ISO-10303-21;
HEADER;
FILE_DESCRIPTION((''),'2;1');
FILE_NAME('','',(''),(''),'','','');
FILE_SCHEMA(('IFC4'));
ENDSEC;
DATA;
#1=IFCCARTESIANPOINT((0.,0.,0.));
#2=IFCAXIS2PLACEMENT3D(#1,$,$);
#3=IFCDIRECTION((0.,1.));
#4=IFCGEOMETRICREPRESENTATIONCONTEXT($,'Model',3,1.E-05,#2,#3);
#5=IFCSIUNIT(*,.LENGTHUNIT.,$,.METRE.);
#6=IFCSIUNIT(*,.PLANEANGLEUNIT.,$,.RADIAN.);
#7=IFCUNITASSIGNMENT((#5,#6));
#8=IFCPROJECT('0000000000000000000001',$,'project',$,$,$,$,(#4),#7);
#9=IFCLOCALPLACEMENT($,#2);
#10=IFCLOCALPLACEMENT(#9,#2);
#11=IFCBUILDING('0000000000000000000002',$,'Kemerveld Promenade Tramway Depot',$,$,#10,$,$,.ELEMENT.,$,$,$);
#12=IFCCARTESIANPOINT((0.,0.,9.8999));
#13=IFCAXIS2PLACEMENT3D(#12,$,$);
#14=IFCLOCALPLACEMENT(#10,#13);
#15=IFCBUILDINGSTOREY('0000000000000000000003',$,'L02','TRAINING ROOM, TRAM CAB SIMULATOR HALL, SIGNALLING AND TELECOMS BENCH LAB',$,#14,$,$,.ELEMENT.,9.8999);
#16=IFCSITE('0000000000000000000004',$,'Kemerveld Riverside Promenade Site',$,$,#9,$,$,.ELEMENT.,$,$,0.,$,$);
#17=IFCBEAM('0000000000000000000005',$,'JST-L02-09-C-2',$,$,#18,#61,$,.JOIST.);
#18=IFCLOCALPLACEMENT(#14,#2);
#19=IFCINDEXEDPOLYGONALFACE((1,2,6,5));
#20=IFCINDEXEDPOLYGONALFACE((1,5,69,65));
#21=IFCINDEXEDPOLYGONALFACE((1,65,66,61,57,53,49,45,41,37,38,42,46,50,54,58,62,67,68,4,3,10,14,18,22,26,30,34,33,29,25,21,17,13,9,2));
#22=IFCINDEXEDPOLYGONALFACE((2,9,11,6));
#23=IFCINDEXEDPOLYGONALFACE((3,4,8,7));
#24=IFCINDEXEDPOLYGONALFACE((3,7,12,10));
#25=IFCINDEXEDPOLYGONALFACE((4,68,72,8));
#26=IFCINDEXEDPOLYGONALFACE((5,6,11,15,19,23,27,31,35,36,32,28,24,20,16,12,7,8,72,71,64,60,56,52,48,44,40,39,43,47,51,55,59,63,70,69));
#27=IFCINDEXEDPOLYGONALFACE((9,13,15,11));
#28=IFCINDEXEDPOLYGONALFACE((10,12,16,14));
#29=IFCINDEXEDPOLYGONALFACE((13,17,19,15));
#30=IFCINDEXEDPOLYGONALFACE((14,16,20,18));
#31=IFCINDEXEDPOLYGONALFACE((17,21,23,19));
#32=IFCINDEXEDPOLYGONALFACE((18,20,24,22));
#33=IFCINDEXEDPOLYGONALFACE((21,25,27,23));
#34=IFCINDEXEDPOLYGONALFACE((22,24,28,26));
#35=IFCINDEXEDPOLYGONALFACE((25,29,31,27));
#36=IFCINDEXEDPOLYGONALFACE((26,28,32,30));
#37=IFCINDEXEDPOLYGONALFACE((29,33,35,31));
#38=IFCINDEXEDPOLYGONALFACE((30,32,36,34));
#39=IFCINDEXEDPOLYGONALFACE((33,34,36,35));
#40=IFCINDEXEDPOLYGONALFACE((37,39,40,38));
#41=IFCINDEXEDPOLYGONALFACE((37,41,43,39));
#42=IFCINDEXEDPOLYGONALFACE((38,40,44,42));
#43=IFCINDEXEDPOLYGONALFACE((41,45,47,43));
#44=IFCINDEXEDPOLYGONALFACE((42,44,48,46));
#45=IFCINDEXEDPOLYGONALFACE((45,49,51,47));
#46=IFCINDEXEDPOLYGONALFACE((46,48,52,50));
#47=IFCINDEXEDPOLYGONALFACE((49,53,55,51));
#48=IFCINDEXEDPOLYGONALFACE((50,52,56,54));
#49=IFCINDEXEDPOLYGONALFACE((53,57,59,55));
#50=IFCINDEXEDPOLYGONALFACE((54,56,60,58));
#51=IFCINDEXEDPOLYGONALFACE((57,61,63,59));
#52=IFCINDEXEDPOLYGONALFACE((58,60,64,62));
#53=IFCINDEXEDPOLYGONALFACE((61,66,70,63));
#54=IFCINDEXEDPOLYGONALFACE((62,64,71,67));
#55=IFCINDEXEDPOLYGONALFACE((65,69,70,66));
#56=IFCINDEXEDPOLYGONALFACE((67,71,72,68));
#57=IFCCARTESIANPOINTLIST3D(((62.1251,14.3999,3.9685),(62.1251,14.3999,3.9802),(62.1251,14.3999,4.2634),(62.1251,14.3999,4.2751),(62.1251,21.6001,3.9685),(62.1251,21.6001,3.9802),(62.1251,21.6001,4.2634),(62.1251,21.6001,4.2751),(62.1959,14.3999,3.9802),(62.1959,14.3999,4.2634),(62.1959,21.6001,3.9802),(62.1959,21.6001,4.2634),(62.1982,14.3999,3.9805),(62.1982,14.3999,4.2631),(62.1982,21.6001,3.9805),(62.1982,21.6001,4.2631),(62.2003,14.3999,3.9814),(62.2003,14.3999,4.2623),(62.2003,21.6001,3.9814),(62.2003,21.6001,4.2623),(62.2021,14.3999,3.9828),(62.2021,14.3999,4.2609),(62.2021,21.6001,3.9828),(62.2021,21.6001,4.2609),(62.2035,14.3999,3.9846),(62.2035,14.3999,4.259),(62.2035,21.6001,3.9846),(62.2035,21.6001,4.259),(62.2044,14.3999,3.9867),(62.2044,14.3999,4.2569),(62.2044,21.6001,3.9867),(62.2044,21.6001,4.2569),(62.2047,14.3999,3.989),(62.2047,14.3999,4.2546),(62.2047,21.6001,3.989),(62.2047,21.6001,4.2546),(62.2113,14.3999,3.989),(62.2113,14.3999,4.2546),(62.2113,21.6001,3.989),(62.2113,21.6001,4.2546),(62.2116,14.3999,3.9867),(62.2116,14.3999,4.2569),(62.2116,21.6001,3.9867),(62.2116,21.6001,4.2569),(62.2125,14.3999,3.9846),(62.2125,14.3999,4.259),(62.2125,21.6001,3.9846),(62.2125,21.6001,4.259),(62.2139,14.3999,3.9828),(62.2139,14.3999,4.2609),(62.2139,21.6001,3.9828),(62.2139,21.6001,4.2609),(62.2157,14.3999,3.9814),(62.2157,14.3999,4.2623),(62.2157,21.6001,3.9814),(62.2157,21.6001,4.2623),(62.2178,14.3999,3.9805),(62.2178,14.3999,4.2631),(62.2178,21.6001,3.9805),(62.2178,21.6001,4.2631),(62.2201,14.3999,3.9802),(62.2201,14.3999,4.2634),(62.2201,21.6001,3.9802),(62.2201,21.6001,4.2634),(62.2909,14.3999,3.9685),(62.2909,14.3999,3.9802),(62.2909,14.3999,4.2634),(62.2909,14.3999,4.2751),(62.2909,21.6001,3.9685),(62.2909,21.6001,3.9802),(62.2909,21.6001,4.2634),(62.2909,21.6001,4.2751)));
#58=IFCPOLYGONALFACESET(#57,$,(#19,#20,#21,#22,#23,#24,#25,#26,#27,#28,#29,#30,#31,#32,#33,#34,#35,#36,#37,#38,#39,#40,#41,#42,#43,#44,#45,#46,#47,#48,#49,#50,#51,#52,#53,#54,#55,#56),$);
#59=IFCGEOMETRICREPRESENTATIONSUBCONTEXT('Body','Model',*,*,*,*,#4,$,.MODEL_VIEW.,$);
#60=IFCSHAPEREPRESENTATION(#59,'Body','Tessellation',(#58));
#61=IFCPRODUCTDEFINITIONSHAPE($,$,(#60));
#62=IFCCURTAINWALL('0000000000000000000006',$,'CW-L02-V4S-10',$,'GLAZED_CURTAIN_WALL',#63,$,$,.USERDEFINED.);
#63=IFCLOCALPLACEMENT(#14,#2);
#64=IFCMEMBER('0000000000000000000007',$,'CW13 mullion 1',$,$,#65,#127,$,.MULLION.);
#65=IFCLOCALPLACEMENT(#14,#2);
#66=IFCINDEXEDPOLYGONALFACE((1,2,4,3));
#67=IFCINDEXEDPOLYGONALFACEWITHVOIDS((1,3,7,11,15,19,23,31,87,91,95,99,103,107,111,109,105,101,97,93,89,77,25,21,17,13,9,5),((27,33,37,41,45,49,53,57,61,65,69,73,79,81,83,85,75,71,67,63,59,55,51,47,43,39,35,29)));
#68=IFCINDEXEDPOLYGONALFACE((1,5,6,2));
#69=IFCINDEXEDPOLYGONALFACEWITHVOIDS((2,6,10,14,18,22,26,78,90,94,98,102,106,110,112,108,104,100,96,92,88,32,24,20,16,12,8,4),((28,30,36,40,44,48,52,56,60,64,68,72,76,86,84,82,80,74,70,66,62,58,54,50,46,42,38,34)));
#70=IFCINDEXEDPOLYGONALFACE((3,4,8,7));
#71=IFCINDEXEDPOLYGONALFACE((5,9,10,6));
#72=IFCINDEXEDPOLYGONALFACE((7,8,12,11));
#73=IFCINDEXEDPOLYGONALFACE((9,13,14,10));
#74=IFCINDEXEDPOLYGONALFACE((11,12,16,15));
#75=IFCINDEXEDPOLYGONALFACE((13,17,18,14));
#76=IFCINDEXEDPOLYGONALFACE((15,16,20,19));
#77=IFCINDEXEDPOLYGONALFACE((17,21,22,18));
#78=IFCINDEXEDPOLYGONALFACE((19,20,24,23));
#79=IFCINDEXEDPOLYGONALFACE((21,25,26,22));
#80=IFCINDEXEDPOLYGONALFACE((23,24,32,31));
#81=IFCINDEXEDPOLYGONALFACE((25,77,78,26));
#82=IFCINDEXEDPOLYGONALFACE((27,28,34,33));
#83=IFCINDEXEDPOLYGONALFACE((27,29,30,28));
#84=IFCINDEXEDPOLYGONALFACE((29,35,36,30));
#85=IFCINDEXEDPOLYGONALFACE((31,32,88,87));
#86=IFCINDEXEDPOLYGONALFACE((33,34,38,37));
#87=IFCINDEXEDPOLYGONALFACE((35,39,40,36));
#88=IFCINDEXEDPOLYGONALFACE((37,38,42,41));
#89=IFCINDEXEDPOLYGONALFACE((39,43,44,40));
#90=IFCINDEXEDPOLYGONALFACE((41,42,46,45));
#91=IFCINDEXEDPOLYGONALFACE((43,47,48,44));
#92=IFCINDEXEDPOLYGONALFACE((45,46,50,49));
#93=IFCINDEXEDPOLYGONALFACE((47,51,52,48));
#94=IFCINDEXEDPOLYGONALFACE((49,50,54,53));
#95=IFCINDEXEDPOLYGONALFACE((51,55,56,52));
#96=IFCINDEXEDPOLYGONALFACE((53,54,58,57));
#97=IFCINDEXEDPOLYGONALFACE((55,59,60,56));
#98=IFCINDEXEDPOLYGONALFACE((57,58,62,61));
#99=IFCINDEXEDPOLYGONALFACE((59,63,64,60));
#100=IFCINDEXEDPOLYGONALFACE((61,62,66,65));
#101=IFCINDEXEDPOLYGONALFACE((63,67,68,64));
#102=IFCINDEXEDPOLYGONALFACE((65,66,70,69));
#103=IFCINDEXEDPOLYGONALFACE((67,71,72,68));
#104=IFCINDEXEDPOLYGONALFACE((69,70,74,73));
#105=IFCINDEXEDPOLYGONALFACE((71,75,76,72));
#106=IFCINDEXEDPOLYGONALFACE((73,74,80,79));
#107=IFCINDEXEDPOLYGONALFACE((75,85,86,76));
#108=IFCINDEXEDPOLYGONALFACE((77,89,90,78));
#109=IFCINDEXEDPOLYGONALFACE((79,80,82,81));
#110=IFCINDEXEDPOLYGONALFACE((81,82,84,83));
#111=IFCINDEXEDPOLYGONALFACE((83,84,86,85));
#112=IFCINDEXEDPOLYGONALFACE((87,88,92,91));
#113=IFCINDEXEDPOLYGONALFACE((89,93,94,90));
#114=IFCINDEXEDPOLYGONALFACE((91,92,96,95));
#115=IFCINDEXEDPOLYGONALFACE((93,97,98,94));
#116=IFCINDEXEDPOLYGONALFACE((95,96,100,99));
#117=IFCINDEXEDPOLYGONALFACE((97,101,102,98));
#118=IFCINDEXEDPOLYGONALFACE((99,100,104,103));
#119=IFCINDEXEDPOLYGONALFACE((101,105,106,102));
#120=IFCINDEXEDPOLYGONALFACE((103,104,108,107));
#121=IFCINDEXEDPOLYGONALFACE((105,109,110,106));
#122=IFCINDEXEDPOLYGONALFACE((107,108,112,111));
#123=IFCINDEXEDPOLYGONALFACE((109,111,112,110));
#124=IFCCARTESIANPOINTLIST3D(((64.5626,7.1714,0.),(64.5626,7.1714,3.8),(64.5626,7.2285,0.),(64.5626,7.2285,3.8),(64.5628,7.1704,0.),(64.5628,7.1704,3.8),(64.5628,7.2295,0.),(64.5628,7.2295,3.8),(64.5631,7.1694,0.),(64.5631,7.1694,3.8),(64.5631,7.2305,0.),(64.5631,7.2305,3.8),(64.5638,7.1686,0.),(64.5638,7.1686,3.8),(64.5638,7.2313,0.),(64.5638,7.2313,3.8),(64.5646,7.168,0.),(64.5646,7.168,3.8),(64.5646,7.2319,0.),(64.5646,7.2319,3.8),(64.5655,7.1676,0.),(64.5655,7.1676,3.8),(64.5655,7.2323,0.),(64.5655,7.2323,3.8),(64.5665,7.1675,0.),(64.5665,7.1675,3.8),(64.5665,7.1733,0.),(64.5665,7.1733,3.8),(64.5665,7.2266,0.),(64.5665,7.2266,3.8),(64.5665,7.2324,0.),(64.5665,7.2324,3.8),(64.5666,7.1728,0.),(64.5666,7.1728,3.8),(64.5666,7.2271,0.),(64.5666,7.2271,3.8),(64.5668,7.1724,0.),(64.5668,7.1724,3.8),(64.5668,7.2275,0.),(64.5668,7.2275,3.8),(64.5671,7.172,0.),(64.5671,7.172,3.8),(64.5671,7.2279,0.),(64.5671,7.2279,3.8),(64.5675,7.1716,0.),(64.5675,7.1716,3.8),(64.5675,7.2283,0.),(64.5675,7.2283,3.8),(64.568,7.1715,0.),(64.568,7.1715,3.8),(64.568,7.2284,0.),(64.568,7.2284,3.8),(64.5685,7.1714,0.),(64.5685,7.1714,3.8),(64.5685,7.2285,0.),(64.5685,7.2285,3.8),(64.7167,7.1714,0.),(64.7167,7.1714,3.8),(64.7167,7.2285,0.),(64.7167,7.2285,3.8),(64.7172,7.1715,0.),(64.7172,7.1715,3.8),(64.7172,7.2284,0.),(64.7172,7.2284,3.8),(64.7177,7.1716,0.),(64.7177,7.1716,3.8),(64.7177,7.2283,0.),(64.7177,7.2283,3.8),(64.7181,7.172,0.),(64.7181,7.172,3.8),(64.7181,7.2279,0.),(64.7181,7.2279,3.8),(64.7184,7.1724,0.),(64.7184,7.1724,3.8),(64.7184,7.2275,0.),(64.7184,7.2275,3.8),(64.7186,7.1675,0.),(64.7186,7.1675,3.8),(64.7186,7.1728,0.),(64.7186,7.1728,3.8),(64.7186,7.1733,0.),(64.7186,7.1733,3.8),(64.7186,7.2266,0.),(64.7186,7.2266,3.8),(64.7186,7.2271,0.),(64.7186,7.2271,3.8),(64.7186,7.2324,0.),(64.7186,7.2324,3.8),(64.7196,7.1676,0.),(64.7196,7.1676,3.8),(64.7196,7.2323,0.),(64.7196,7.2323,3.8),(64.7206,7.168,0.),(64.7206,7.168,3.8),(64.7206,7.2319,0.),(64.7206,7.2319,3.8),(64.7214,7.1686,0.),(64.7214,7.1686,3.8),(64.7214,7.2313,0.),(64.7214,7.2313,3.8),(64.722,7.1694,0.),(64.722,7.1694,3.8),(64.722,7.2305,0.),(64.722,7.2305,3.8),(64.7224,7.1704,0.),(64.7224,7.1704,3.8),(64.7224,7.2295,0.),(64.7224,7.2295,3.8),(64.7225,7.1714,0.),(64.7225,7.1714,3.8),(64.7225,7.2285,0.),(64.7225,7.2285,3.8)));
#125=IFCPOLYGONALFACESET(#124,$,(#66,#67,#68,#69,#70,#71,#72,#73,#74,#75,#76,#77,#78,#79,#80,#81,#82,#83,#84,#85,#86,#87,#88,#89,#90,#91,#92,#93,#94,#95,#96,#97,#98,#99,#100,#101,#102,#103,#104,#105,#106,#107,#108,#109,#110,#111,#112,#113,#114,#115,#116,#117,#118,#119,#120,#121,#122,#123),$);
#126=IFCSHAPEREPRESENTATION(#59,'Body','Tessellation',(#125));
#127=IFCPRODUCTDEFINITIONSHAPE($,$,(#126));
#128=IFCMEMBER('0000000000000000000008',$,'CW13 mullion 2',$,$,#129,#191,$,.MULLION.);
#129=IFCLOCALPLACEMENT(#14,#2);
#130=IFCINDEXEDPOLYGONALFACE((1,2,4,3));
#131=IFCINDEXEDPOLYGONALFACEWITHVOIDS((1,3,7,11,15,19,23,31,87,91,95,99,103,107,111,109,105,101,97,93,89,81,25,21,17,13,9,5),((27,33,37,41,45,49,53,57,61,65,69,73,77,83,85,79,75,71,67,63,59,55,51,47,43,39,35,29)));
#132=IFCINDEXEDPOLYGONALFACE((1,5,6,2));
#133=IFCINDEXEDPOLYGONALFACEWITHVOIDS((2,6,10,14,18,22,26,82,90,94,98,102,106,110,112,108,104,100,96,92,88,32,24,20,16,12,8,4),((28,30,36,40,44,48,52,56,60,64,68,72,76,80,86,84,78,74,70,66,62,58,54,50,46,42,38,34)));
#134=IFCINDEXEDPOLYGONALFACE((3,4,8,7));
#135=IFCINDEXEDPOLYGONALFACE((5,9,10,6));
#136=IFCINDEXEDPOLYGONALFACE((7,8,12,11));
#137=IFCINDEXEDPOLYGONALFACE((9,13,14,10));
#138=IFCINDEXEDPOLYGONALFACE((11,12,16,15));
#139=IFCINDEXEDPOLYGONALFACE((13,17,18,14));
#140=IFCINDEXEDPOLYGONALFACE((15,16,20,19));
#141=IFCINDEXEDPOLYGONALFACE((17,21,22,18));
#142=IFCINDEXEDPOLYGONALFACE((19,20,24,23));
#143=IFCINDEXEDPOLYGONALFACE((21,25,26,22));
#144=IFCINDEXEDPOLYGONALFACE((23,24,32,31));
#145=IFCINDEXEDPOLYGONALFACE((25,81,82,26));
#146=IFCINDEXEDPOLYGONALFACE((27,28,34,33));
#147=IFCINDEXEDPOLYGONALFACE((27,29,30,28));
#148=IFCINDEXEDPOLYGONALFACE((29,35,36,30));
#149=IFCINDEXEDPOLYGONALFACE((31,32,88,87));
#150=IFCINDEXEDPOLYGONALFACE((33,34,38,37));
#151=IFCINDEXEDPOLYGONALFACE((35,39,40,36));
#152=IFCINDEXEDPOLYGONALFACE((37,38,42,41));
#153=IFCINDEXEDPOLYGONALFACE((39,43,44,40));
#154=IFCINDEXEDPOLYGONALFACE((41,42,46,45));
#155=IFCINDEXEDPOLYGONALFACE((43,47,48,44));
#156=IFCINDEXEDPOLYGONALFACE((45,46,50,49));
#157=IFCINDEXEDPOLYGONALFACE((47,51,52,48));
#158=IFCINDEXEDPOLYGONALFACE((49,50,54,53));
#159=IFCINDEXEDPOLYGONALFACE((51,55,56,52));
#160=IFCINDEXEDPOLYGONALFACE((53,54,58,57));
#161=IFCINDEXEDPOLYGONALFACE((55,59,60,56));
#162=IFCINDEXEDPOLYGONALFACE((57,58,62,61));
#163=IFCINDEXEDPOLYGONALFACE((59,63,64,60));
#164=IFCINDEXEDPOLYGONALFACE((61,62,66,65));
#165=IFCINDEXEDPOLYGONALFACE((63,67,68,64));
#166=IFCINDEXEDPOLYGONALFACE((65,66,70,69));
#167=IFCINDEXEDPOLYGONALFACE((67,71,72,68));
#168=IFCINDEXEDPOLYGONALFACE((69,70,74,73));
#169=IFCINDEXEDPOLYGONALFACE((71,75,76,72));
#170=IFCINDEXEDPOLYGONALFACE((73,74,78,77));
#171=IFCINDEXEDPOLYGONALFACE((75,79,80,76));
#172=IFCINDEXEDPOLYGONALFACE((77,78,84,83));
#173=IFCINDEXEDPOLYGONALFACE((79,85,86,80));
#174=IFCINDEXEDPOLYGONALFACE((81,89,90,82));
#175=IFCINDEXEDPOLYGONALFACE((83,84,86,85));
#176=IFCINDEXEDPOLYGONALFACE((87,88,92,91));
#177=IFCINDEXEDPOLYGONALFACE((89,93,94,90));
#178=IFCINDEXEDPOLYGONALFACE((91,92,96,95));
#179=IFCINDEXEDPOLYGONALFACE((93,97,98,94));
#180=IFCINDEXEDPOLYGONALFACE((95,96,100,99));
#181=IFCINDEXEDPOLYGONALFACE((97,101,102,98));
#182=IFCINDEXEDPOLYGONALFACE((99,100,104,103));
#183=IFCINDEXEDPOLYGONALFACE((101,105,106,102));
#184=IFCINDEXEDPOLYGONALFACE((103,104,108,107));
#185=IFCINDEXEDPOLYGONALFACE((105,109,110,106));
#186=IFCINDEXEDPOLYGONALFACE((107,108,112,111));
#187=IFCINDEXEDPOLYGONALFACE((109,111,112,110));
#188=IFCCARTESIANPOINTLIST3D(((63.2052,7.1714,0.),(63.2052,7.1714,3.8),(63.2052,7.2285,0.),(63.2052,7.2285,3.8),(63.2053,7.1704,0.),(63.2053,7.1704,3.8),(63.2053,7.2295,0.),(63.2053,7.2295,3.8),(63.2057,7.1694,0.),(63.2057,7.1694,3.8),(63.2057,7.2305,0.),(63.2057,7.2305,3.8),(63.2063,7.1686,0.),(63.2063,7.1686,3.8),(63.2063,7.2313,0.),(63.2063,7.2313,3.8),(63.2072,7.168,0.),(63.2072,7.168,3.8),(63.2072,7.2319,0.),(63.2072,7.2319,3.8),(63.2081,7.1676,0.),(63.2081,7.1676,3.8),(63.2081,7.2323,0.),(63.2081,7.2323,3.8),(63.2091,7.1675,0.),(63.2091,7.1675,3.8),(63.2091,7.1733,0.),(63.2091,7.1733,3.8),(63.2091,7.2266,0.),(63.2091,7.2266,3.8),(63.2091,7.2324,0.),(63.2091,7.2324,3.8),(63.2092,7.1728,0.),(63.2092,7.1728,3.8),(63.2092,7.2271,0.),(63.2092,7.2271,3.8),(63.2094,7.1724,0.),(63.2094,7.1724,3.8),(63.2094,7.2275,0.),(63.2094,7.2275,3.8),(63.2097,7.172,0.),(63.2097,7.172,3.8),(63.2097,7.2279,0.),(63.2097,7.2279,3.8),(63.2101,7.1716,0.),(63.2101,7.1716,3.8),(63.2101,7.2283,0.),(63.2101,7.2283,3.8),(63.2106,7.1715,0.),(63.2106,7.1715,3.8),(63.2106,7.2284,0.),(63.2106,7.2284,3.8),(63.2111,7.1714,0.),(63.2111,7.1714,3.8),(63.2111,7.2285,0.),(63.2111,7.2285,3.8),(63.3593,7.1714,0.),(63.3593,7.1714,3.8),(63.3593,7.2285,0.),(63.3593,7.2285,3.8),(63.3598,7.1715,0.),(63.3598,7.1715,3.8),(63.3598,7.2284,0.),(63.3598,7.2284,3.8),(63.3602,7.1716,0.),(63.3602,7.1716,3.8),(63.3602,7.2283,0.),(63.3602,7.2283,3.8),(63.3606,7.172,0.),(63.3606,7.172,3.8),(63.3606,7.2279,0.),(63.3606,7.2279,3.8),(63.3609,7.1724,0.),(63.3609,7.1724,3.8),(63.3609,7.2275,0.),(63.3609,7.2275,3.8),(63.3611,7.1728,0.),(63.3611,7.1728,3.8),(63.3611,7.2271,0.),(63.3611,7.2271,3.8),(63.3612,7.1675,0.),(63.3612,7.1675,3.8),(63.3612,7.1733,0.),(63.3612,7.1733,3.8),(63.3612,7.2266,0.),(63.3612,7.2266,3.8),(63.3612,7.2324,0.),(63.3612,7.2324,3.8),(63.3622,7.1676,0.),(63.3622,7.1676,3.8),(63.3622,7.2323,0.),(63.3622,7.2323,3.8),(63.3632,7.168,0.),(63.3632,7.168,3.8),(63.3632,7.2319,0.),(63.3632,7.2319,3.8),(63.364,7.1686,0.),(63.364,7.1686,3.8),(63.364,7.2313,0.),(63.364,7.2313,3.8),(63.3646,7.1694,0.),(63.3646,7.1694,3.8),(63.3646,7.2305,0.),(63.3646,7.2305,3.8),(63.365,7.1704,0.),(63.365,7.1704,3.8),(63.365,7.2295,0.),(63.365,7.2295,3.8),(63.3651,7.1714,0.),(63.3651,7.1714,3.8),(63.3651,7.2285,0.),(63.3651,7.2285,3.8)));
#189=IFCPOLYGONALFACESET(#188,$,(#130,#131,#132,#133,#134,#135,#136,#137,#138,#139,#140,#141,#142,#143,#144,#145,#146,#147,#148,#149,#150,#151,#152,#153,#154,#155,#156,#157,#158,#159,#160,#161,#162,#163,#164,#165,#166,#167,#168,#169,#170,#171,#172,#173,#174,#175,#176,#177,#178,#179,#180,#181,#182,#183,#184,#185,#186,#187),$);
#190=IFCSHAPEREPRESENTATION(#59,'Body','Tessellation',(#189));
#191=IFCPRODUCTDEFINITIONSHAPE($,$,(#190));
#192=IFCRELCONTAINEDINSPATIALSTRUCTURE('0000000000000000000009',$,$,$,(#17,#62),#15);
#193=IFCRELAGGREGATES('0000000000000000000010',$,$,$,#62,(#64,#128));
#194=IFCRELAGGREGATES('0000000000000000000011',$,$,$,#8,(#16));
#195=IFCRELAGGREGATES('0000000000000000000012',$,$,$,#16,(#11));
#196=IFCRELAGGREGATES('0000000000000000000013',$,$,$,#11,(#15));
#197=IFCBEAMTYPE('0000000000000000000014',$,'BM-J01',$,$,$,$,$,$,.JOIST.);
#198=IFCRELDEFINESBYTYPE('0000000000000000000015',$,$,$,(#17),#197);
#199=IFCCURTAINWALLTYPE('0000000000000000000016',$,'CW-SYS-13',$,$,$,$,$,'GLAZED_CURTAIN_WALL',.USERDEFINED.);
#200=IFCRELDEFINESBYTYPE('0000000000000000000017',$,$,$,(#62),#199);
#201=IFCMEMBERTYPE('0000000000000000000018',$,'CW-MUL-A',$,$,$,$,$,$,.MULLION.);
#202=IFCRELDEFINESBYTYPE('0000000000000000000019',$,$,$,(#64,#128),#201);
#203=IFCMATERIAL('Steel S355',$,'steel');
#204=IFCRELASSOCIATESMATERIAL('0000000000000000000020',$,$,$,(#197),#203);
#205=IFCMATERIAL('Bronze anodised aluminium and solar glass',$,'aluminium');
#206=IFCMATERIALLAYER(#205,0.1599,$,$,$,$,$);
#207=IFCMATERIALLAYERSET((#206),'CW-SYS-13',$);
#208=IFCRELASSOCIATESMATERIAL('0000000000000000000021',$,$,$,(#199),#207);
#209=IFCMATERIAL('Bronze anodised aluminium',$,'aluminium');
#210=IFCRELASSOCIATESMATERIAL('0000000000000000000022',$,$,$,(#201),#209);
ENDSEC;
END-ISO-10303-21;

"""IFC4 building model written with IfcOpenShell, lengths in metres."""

from ifc_helpers import new_model, si_unit, direction, frame, origin, origin_2d, place, context, subcontext, project, spatial, hollow_rectangle, i_section, extrude, material, layer, layer_set, material_profile, profile_set, type_object, element, aggregate, save


model = new_model("IFC4")

# Units and contexts
model_context = context("Model", 3, precision=1e-05, world=origin(), true_north=direction((0.0, 1.0)))
body_context = subcontext(model_context, "Body", "Model", "MODEL_VIEW")
ifc_project = project(units=[si_unit("LENGTHUNIT", "METRE"), si_unit("PLANEANGLEUNIT", "RADIAN")], contexts=[model_context])

# Site, building, storey
site_placement = place(None, origin())
site = spatial("IfcSite", under=ifc_project, at=site_placement, Name="Kemerveld Riverside Promenade Site", CompositionType="ELEMENT", RefElevation=0.0)
building_placement = place(site_placement, origin())
building = spatial("IfcBuilding", under=site, at=building_placement, Name="Kemerveld Promenade Tramway Depot", CompositionType="ELEMENT")
storey_placement = place(building_placement, frame((0.0, 0.0, 9.8999)))
storey = spatial("IfcBuildingStorey", under=building, at=storey_placement, Name="L02", Description="TRAINING ROOM, TRAM CAB SIMULATOR HALL, SIGNALLING AND TELECOMS BENCH LAB", CompositionType="ELEMENT", Elevation=9.8999)

# Shared definitions
ifc_material_1 = material(Name="Steel S355", Category="steel")

# Beam
ifc_material_profile_1 = material_profile(ifc_material_1, i_section(OverallWidth=0.1658, OverallDepth=0.3066, WebThickness=0.0066, FlangeThickness=0.0117, FilletRadius=0.0088, at=origin_2d()), Name="305x165x46 UB")
ifc_profile_set_1 = profile_set([ifc_material_profile_1], Name="Steel S355")
beam_type_1 = type_object("IfcBeamType", Name="BM-J01", PredefinedType="JOIST", material=ifc_profile_set_1)
beam_1_placement = place(storey_placement, frame((62.208, 14.3999, 4.1218), z_axis=(0.0, 1.0, 0.0), x_axis=(-1.0, 0.0, 0.0)))
element("IfcBeam", 1, at=beam_1_placement, inside=storey, type_object=beam_type_1, Name="JST-L02-09-C-2", PredefinedType="JOIST", context=body_context, shape_type="SweptSolid", body=[
    extrude(i_section(OverallWidth=0.1658, OverallDepth=0.3066, WebThickness=0.0066, FlangeThickness=0.0117, FilletRadius=0.0088, at=origin_2d()), origin(), (0.0, 0.0, 1.0), 7.2002),
])

# Curtain wall, members
ifc_material_2 = material(Name="Bronze anodised aluminium and solar glass", Category="aluminium")
ifc_layer_1 = layer(ifc_material_2, 0.1599)
ifc_layer_set_1 = layer_set([ifc_layer_1], Name="CW-SYS-13")
curtain_wall_type = type_object("IfcCurtainWallType", Name="CW-SYS-13", ElementType="GLAZED_CURTAIN_WALL", PredefinedType="USERDEFINED", material=ifc_layer_set_1)
curtain_wall_placement = place(storey_placement, origin())
curtain_wall = element("IfcCurtainWall", 2, at=curtain_wall_placement, inside=storey, type_object=curtain_wall_type, Name="CW-L02-V4S-10", ObjectType="GLAZED_CURTAIN_WALL", PredefinedType="USERDEFINED")
ifc_material_3 = material(Name="Bronze anodised aluminium", Category="aluminium")
ifc_material_profile_2 = material_profile(ifc_material_3, hollow_rectangle(XDim=0.0649, YDim=0.1599, WallThickness=0.0039, InnerFilletRadius=0.002, OuterFilletRadius=0.0039, at=origin_2d()), Name="CW-MUL-160x65")
ifc_profile_set_2 = profile_set([ifc_material_profile_2], Name="Bronze anodised aluminium")
member_type_1 = type_object("IfcMemberType", Name="CW-MUL-A", PredefinedType="MULLION", material=ifc_profile_set_2)
member_1_placement = place(storey_placement, frame((64.6426, 7.2, 0.0), z_axis=(0.0, 0.0, 1.0), x_axis=(0.0, -1.0, 0.0)))
member_1 = element("IfcMember", 3, at=member_1_placement, type_object=member_type_1, Name="CW13 mullion 1", PredefinedType="MULLION", context=body_context, shape_type="SweptSolid", body=[
    extrude(hollow_rectangle(XDim=0.0649, YDim=0.1599, WallThickness=0.0039, InnerFilletRadius=0.002, OuterFilletRadius=0.0039, at=origin_2d()), origin(), (0.0, 0.0, 1.0), 3.8),
])
member_2_placement = place(storey_placement, frame((63.2852, 7.2, 0.0), z_axis=(0.0, 0.0, 1.0), x_axis=(0.0, -1.0, 0.0)))
member_2 = element("IfcMember", 4, at=member_2_placement, type_object=member_type_1, Name="CW13 mullion 2", PredefinedType="MULLION", context=body_context, shape_type="SweptSolid", body=[
    extrude(hollow_rectangle(XDim=0.0649, YDim=0.1599, WallThickness=0.0039, InnerFilletRadius=0.002, OuterFilletRadius=0.0039, at=origin_2d()), origin(), (0.0, 0.0, 1.0), 3.8),
])

aggregate(curtain_wall, [member_1, member_2])

save(model, "model.ifc")
